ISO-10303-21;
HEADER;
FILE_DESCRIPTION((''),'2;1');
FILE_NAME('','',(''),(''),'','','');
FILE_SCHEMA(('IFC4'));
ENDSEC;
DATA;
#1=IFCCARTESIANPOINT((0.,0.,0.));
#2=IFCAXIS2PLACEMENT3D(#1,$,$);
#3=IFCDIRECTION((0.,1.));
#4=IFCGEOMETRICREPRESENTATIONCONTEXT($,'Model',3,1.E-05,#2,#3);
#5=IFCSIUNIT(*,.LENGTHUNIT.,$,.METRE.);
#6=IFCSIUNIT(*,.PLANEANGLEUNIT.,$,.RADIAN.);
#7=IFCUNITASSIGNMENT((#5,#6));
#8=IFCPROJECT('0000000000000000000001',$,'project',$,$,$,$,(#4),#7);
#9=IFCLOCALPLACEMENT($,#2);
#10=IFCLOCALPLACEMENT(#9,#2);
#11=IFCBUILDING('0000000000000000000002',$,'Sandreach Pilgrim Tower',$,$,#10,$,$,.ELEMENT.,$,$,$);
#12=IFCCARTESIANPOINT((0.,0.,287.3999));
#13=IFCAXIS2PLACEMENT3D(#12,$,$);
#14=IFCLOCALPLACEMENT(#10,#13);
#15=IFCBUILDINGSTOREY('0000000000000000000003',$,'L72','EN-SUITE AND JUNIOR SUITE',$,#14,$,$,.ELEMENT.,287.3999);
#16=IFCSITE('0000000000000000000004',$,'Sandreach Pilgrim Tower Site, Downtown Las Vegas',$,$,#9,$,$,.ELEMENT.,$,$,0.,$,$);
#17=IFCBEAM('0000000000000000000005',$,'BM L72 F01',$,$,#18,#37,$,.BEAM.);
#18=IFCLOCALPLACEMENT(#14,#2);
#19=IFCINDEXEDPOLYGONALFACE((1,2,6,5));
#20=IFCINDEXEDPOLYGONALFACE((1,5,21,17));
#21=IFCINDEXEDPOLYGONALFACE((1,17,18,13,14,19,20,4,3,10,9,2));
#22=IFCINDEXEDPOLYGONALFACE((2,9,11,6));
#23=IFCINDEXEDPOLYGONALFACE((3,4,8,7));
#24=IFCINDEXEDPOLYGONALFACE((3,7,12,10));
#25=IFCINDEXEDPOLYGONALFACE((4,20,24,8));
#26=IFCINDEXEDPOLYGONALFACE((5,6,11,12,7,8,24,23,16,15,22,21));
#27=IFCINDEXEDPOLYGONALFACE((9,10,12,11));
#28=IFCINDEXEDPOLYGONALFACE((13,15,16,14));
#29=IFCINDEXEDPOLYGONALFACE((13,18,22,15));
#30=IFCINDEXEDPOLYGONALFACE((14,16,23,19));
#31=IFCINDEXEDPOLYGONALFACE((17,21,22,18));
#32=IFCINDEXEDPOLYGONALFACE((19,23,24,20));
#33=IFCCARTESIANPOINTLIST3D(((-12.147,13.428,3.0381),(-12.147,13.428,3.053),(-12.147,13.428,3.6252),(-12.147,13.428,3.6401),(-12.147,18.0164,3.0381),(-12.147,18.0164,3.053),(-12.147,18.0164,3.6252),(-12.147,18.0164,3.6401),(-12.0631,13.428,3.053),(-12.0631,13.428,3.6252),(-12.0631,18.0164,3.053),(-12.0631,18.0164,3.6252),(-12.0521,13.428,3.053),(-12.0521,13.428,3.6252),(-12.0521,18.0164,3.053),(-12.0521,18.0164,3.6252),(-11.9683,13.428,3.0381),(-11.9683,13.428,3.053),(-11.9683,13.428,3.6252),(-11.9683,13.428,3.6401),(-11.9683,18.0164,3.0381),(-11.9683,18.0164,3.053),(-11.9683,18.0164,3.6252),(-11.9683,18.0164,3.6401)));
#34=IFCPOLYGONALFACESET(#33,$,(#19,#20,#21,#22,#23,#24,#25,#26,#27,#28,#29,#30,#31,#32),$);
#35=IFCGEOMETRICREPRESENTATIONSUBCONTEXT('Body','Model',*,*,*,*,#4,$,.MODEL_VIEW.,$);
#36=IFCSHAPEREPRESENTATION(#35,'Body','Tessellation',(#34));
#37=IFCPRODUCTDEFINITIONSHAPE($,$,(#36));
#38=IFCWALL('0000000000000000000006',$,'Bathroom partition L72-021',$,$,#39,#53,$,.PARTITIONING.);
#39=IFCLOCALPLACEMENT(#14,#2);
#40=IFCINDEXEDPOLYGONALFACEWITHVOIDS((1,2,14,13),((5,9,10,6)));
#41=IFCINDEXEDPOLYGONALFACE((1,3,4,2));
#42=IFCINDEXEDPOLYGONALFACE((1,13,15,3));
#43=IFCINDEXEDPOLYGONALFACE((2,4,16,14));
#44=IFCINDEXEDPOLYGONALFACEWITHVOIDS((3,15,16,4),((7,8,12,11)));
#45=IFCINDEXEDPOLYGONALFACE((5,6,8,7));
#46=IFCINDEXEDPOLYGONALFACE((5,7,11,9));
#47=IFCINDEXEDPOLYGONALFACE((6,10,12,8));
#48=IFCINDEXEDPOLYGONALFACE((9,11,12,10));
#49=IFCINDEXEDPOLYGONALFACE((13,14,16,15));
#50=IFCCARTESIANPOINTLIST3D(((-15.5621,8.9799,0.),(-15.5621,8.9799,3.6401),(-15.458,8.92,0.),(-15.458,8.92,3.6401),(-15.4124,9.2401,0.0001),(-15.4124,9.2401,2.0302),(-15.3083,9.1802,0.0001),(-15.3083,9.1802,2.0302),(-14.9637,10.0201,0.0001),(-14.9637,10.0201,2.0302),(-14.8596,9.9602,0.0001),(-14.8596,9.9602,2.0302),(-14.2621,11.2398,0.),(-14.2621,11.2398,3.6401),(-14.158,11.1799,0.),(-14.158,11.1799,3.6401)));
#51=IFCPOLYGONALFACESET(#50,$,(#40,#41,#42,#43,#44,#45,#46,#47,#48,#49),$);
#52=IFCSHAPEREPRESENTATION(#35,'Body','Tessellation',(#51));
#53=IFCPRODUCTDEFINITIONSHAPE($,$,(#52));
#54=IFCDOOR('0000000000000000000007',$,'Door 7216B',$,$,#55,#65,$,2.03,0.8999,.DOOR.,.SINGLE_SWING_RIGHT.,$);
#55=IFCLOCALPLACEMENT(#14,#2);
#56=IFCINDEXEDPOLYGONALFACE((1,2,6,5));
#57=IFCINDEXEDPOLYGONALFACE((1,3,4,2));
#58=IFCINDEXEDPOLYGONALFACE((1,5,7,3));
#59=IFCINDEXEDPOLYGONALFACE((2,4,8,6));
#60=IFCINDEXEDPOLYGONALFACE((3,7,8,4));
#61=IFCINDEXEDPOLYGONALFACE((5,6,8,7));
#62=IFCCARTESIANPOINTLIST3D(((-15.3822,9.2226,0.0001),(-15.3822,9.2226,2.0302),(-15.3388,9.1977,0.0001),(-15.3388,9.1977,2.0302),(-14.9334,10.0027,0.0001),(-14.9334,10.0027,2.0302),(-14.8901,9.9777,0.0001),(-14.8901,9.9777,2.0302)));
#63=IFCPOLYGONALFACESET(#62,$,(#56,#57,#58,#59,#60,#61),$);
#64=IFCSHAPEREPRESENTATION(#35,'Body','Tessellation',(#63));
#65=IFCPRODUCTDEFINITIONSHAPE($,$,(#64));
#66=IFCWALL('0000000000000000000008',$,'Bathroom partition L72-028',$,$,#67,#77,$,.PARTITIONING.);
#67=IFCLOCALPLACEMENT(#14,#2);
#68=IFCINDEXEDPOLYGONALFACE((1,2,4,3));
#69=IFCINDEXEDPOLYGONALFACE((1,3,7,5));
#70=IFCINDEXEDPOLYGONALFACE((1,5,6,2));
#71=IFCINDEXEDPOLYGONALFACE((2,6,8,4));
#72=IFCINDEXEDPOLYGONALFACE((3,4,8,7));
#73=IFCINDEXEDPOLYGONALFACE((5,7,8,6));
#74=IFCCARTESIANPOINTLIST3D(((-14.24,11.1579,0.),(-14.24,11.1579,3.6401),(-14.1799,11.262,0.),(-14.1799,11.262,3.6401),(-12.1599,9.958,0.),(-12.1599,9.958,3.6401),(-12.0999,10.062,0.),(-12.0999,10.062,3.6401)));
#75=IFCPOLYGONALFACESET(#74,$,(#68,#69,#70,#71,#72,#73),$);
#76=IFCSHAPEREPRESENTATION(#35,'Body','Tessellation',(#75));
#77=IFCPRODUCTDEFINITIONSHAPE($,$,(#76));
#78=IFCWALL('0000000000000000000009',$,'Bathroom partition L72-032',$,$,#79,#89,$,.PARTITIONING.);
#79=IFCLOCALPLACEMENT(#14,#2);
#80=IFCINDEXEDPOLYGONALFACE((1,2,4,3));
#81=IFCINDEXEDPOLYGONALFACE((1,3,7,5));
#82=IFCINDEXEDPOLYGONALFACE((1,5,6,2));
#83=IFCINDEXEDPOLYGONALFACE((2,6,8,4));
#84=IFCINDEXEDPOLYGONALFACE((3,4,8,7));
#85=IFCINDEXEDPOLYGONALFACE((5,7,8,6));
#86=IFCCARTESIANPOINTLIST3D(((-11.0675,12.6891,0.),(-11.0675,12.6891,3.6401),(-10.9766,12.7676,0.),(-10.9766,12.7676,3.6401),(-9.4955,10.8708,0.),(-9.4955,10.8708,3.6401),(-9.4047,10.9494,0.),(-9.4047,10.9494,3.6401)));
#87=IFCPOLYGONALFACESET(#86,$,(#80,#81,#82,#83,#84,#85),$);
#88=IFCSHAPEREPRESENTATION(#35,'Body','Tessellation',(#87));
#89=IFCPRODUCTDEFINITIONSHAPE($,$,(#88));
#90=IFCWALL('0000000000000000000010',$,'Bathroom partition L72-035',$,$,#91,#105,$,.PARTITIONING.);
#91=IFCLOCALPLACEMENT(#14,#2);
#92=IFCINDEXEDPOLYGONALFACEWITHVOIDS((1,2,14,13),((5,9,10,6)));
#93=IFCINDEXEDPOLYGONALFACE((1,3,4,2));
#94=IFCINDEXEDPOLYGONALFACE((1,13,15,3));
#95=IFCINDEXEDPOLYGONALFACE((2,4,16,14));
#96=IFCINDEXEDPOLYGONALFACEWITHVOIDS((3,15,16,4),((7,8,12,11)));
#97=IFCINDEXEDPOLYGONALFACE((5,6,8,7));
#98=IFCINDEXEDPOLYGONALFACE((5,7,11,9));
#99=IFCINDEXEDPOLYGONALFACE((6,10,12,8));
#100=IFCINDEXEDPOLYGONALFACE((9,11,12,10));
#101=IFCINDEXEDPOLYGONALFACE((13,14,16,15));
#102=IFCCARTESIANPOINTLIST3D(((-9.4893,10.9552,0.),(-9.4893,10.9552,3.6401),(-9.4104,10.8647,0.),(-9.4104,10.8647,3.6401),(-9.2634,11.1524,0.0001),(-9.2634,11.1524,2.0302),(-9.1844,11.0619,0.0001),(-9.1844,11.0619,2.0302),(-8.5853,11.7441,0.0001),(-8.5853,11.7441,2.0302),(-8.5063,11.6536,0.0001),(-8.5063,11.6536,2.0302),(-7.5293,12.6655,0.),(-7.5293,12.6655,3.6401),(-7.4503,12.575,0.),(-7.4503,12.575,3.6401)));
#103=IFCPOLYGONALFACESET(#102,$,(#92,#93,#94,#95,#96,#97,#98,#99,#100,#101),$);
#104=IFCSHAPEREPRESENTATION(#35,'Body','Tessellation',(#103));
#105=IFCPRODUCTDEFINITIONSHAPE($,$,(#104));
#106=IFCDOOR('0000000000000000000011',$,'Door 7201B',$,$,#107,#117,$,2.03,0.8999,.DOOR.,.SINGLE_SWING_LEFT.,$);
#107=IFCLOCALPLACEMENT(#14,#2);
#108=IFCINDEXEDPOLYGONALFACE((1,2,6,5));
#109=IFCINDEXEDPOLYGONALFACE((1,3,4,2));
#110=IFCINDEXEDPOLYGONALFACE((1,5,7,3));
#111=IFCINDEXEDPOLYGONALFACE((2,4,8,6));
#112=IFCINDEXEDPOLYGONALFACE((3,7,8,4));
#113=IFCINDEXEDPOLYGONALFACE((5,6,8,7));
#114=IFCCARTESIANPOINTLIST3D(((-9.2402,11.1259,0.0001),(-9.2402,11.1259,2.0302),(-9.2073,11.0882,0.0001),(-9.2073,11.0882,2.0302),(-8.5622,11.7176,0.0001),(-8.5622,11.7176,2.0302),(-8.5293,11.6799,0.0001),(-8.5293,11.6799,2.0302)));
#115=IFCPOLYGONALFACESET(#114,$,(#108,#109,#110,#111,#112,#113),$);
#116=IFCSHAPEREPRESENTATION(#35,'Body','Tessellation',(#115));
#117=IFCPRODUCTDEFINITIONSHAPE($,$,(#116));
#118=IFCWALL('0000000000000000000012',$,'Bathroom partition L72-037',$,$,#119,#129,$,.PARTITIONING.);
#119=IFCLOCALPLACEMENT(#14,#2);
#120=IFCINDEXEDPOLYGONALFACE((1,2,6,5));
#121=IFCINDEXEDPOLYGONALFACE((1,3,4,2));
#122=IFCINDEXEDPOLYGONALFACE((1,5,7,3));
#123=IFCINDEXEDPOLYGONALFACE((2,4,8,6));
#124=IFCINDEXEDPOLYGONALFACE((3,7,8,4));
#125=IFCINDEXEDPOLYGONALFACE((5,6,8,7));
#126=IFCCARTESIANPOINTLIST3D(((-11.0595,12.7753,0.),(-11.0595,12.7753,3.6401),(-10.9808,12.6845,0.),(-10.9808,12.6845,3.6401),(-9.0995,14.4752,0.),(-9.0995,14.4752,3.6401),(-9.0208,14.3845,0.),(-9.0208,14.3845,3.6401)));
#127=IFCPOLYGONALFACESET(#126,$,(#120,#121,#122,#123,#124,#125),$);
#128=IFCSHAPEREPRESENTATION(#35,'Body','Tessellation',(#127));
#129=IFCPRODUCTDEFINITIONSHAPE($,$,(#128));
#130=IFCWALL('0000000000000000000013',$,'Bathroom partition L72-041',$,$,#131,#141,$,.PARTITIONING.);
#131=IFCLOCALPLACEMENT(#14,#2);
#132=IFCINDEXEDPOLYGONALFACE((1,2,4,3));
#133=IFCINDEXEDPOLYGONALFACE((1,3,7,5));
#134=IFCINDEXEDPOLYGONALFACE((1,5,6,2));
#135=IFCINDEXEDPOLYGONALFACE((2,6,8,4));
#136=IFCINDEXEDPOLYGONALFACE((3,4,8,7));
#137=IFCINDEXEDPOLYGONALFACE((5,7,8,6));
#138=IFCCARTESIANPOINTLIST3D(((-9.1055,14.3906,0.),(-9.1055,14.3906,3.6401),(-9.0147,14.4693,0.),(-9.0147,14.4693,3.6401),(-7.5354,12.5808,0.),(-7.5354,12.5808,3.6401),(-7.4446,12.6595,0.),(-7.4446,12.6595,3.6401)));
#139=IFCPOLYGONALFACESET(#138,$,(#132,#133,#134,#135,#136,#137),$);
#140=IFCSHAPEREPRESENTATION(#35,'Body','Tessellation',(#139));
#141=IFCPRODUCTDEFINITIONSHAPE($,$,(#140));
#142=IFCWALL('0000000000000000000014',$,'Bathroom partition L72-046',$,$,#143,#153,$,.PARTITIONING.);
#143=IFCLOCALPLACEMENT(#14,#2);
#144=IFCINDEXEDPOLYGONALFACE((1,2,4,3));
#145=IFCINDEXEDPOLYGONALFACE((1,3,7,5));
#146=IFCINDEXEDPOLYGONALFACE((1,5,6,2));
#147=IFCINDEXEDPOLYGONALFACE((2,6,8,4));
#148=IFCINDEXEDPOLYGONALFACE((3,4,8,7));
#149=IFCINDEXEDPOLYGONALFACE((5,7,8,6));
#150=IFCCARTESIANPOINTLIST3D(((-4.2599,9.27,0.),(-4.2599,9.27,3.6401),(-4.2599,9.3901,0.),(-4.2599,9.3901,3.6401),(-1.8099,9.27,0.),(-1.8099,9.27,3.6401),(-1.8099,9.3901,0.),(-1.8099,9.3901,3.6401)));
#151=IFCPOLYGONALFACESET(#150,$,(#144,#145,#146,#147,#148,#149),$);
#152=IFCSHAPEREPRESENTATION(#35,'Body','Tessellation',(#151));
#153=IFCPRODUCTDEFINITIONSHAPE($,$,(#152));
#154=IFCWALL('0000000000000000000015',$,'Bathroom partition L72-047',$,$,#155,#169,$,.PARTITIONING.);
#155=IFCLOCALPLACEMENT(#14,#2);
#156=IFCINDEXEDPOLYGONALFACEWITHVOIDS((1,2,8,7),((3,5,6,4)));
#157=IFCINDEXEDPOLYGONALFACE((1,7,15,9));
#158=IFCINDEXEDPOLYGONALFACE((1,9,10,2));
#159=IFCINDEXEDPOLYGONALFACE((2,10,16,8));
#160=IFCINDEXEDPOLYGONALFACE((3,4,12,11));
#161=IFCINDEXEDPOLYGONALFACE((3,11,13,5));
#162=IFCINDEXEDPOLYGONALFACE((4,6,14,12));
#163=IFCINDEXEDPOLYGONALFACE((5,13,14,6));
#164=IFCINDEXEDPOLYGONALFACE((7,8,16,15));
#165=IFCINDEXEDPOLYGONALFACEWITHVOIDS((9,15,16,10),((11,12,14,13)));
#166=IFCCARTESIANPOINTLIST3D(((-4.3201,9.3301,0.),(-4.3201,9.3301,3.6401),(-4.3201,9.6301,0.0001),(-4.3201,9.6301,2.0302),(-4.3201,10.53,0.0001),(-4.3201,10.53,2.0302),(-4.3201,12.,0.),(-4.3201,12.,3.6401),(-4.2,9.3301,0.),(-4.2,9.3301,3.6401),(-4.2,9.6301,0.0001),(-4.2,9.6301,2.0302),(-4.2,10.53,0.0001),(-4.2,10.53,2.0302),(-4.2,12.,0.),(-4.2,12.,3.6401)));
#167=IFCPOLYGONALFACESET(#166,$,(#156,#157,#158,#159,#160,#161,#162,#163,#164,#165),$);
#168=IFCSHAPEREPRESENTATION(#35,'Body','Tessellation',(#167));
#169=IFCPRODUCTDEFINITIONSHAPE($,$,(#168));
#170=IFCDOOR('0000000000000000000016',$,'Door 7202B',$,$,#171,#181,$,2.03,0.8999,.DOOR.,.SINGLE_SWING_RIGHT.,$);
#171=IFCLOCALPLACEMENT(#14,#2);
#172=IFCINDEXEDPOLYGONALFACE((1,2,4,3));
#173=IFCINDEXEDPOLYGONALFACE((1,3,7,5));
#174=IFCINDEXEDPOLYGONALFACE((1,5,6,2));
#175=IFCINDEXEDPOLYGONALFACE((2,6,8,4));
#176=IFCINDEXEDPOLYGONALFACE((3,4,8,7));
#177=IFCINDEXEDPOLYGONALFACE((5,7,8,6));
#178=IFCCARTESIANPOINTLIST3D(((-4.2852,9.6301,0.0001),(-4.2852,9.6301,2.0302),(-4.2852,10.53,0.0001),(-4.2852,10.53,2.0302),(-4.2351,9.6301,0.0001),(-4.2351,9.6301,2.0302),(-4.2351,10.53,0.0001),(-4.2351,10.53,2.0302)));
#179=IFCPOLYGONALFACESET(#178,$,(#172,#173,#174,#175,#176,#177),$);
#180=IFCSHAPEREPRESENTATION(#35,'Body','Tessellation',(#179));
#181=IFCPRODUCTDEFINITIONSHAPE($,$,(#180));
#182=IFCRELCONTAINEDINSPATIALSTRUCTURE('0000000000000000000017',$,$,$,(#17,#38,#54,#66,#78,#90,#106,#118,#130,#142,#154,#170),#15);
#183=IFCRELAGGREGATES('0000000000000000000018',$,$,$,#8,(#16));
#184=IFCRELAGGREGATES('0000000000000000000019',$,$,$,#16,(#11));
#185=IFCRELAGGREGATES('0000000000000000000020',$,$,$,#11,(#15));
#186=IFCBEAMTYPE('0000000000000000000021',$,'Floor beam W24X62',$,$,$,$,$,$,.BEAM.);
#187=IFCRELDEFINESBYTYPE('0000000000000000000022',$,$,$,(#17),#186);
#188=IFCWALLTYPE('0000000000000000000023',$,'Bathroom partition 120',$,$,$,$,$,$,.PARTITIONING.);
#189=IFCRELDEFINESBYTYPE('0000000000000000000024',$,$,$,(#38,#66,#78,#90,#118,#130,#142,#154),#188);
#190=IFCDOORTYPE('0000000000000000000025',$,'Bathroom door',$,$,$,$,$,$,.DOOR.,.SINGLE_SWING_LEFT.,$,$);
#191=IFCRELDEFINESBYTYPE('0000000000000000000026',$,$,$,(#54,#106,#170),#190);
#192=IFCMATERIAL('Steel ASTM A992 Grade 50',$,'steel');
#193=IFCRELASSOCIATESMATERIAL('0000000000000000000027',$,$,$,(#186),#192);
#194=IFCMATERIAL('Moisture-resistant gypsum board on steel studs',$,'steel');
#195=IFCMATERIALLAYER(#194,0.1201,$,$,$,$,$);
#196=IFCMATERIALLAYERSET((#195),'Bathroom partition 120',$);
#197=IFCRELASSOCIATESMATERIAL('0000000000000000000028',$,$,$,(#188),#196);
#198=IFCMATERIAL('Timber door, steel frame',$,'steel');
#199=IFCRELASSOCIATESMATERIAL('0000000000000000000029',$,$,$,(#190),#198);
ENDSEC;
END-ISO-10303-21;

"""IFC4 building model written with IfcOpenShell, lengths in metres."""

from ifc_helpers import new_model, si_unit, direction, frame, frame_2d, origin, origin_2d, place, context, subcontext, project, spatial, rectangle, i_section, extrude, material, layer, layer_set, material_profile, profile_set, type_object, element, fill, save


model = new_model("IFC4")

# Units and contexts
model_context = context("Model", 3, precision=1e-05, world=origin(), true_north=direction((0.0, 1.0)))
body_context = subcontext(model_context, "Body", "Model", "MODEL_VIEW")
ifc_project = project(units=[si_unit("LENGTHUNIT", "METRE"), si_unit("PLANEANGLEUNIT", "RADIAN")], contexts=[model_context])

# Site, building, storey
site_placement = place(None, origin())
site = spatial("IfcSite", under=ifc_project, at=site_placement, Name="Sandreach Pilgrim Tower Site, Downtown Las Vegas", CompositionType="ELEMENT", RefElevation=0.0)
building_placement = place(site_placement, origin())
building = spatial("IfcBuilding", under=site, at=building_placement, Name="Sandreach Pilgrim Tower", CompositionType="ELEMENT")
storey_placement = place(building_placement, frame((0.0, 0.0, 287.3999)))
storey = spatial("IfcBuildingStorey", under=building, at=storey_placement, Name="L72", Description="EN-SUITE AND JUNIOR SUITE", CompositionType="ELEMENT", Elevation=287.3999)

# Beam
ifc_material_1 = material(Name="Steel ASTM A992 Grade 50", Category="steel")
ifc_material_profile = material_profile(ifc_material_1, i_section(OverallWidth=0.1787, OverallDepth=0.6021, WebThickness=0.011, FlangeThickness=0.0149, at=origin_2d()), Name="W24X62")
ifc_profile_set = profile_set([ifc_material_profile], Name="Steel ASTM A992 Grade 50")
beam_type = type_object("IfcBeamType", Name="Floor beam W24X62", PredefinedType="BEAM", material=ifc_profile_set)
beam_placement = place(storey_placement, frame((-12.0576, 18.0164, 3.3391), z_axis=(0.0, -1.0, 0.0), x_axis=(1.0, 0.0, 0.0)))
element("IfcBeam", 1, at=beam_placement, inside=storey, type_object=beam_type, Name="BM L72 F01", PredefinedType="BEAM", context=body_context, shape_type="SweptSolid", body=[
    extrude(i_section(OverallWidth=0.1787, OverallDepth=0.6021, WebThickness=0.011, FlangeThickness=0.0149, at=origin_2d()), origin(), (0.0, 0.0, 1.0), 4.5884),
])

# Wall, opening, door
ifc_material_2 = material(Name="Moisture-resistant gypsum board on steel studs", Category="steel")
ifc_layer_1 = layer(ifc_material_2, 0.1201)
ifc_layer_set_1 = layer_set([ifc_layer_1], Name="Bathroom partition 120")
wall_type_1 = type_object("IfcWallType", Name="Bathroom partition 120", PredefinedType="PARTITIONING", material=ifc_layer_set_1)
wall_1_placement = place(storey_placement, frame((-14.21, 11.21, 0.0), z_axis=(0.0, 0.0, 1.0), x_axis=(-0.498628, -0.866816, 0.0)))
wall_1 = element("IfcWall", 2, at=wall_1_placement, inside=storey, type_object=wall_type_1, Name="Bathroom partition L72-021", PredefinedType="PARTITIONING", context=body_context, shape_type="SweptSolid", body=[
    extrude(rectangle(XDim=2.6072, YDim=0.1201, at=frame_2d((1.3037, 0.0))), origin(), (0.0, 0.0, 1.0), 3.6401),
])
opening_1_placement = place(wall_1_placement, frame((1.4072, 0.0, 0.0)))
opening_1 = element("IfcOpeningElement", 3, at=opening_1_placement, cuts=wall_1, PredefinedType="OPENING", context=body_context, shape_type="SweptSolid", body=[
    extrude(rectangle(XDim=0.8999, YDim=2.03, at=frame_2d((0.45, 1.0151))), frame((0.0, 0.0601, 0.0), z_axis=(0.0, -1.0, 0.0), x_axis=(1.0, 0.0, 0.0)), (0.0, 0.0, 1.0), 0.1201),
])
ifc_material_3 = material(Name="Timber door, steel frame", Category="steel")
door_type_1 = type_object("IfcDoorType", Name="Bathroom door", OperationType="SINGLE_SWING_LEFT", PredefinedType="DOOR", material=ifc_material_3)
door_1_placement = place(opening_1_placement, origin())
door_1 = element("IfcDoor", 4, at=door_1_placement, inside=storey, type_object=door_type_1, Name="Door 7216B", OperationType="SINGLE_SWING_RIGHT", OverallHeight=2.03, OverallWidth=0.8999, PredefinedType="DOOR", context=body_context, shape_type="SweptSolid", body=[
    extrude(rectangle(XDim=0.8999, YDim=2.03, at=frame_2d((0.45, 1.0151))), frame((0.0, 0.0249, 0.0), z_axis=(0.0, -1.0, 0.0), x_axis=(1.0, 0.0, 0.0)), (0.0, 0.0, 1.0), 0.05),
])
fill(opening_1, door_1)

# Walls
wall_2_placement = place(storey_placement, frame((-12.1299, 10.01, 0.0), z_axis=(0.0, 0.0, 1.0), x_axis=(-0.866203, 0.499693, 0.0)))
element("IfcWall", 5, at=wall_2_placement, inside=storey, type_object=wall_type_1, Name="Bathroom partition L72-028", PredefinedType="PARTITIONING", context=body_context, shape_type="SweptSolid", body=[
    extrude(rectangle(XDim=2.4014, YDim=0.1201, at=frame_2d((1.2007, 0.0))), origin(), (0.0, 0.0, 1.0), 3.6401),
])
wall_3_placement = place(storey_placement, frame((-11.022, 12.7283, 0.0), z_axis=(0.0, 0.0, 1.0), x_axis=(0.654006, -0.756489, 0.0)))
element("IfcWall", 6, at=wall_3_placement, inside=storey, type_object=wall_type_1, Name="Bathroom partition L72-032", PredefinedType="PARTITIONING", context=body_context, shape_type="SweptSolid", body=[
    extrude(rectangle(XDim=2.4036, YDim=0.1201, at=frame_2d((1.2017, 0.0))), origin(), (0.0, 0.0, 1.0), 3.6401),
])

# Wall, opening, door
wall_4_placement = place(storey_placement, frame((-9.45, 10.9099, 0.0), z_axis=(0.0, 0.0, 1.0), x_axis=(0.753483, 0.657467, 0.0)))
wall_4 = element("IfcWall", 7, at=wall_4_placement, inside=storey, type_object=wall_type_1, Name="Bathroom partition L72-035", PredefinedType="PARTITIONING", context=body_context, shape_type="SweptSolid", body=[
    extrude(rectangle(XDim=2.6013, YDim=0.1201, at=frame_2d((1.3008, 0.0))), origin(), (0.0, 0.0, 1.0), 3.6401),
])
opening_2_placement = place(wall_4_placement, frame((0.3, 0.0, 0.0)))
opening_2 = element("IfcOpeningElement", 8, at=opening_2_placement, cuts=wall_4, PredefinedType="OPENING", context=body_context, shape_type="SweptSolid", body=[
    extrude(rectangle(XDim=0.8999, YDim=2.03, at=frame_2d((0.45, 1.0151))), frame((0.0, 0.0601, 0.0), z_axis=(0.0, -1.0, 0.0), x_axis=(1.0, 0.0, 0.0)), (0.0, 0.0, 1.0), 0.1201),
])
door_2_placement = place(opening_2_placement, origin())
door_2 = element("IfcDoor", 9, at=door_2_placement, inside=storey, type_object=door_type_1, Name="Door 7201B", OperationType="SINGLE_SWING_LEFT", OverallHeight=2.03, OverallWidth=0.8999, PredefinedType="DOOR", context=body_context, shape_type="SweptSolid", body=[
    extrude(rectangle(XDim=0.8999, YDim=2.03, at=frame_2d((0.45, 1.0151))), frame((0.0, 0.0249, 0.0), z_axis=(0.0, -1.0, 0.0), x_axis=(1.0, 0.0, 0.0)), (0.0, 0.0, 1.0), 0.05),
])
fill(opening_2, door_2)

# Walls
wall_5_placement = place(storey_placement, frame((-9.0601, 14.4299, 0.0), z_axis=(0.0, 0.0, 1.0), x_axis=(-0.755438, -0.655221, 0.0)))
element("IfcWall", 10, at=wall_5_placement, inside=storey, type_object=wall_type_1, Name="Bathroom partition L72-037", PredefinedType="PARTITIONING", context=body_context, shape_type="SweptSolid", body=[
    extrude(rectangle(XDim=2.5945, YDim=0.1201, at=frame_2d((1.2974, 0.0))), origin(), (0.0, 0.0, 1.0), 3.6401),
])
wall_6_placement = place(storey_placement, frame((-7.49, 12.6201, 0.0), z_axis=(0.0, 0.0, 1.0), x_axis=(-0.655303, 0.755366, 0.0)))
element("IfcWall", 11, at=wall_6_placement, inside=storey, type_object=wall_type_1, Name="Bathroom partition L72-041", PredefinedType="PARTITIONING", context=body_context, shape_type="SweptSolid", body=[
    extrude(rectangle(XDim=2.396, YDim=0.1201, at=frame_2d((1.198, 0.0))), origin(), (0.0, 0.0, 1.0), 3.6401),
])
wall_7_placement = place(storey_placement, frame((-4.26, 9.3301, 0.0), z_axis=(0.0, 0.0, 1.0), x_axis=(1.0, 0.0, 0.0)))
element("IfcWall", 12, at=wall_7_placement, inside=storey, type_object=wall_type_1, Name="Bathroom partition L72-046", PredefinedType="PARTITIONING", context=body_context, shape_type="SweptSolid", body=[
    extrude(rectangle(XDim=2.45, YDim=0.1201, at=frame_2d((1.2251, 0.0))), origin(), (0.0, 0.0, 1.0), 3.6401),
])

# Wall, opening, door
wall_8_placement = place(storey_placement, frame((-4.26, 12.0, 0.0), z_axis=(0.0, 0.0, 1.0), x_axis=(0.0, -1.0, 0.0)))
wall_8 = element("IfcWall", 13, at=wall_8_placement, inside=storey, type_object=wall_type_1, Name="Bathroom partition L72-047", PredefinedType="PARTITIONING", context=body_context, shape_type="SweptSolid", body=[
    extrude(rectangle(XDim=2.6699, YDim=0.1201, at=frame_2d((1.335, 0.0))), origin(), (0.0, 0.0, 1.0), 3.6401),
])
opening_3_placement = place(wall_8_placement, frame((1.47, 0.0, 0.0)))
opening_3 = element("IfcOpeningElement", 14, at=opening_3_placement, cuts=wall_8, PredefinedType="OPENING", context=body_context, shape_type="SweptSolid", body=[
    extrude(rectangle(XDim=0.8999, YDim=2.03, at=frame_2d((0.45, 1.0151))), frame((0.0, 0.0601, 0.0), z_axis=(0.0, -1.0, 0.0), x_axis=(1.0, 0.0, 0.0)), (0.0, 0.0, 1.0), 0.1201),
])
door_3_placement = place(opening_3_placement, origin())
door_3 = element("IfcDoor", 15, at=door_3_placement, inside=storey, type_object=door_type_1, Name="Door 7202B", OperationType="SINGLE_SWING_RIGHT", OverallHeight=2.03, OverallWidth=0.8999, PredefinedType="DOOR", context=body_context, shape_type="SweptSolid", body=[
    extrude(rectangle(XDim=0.8999, YDim=2.03, at=frame_2d((0.45, 1.0151))), frame((0.0, 0.0249, 0.0), z_axis=(0.0, -1.0, 0.0), x_axis=(1.0, 0.0, 0.0)), (0.0, 0.0, 1.0), 0.05),
])
fill(opening_3, door_3)

save(model, "model.ifc")
